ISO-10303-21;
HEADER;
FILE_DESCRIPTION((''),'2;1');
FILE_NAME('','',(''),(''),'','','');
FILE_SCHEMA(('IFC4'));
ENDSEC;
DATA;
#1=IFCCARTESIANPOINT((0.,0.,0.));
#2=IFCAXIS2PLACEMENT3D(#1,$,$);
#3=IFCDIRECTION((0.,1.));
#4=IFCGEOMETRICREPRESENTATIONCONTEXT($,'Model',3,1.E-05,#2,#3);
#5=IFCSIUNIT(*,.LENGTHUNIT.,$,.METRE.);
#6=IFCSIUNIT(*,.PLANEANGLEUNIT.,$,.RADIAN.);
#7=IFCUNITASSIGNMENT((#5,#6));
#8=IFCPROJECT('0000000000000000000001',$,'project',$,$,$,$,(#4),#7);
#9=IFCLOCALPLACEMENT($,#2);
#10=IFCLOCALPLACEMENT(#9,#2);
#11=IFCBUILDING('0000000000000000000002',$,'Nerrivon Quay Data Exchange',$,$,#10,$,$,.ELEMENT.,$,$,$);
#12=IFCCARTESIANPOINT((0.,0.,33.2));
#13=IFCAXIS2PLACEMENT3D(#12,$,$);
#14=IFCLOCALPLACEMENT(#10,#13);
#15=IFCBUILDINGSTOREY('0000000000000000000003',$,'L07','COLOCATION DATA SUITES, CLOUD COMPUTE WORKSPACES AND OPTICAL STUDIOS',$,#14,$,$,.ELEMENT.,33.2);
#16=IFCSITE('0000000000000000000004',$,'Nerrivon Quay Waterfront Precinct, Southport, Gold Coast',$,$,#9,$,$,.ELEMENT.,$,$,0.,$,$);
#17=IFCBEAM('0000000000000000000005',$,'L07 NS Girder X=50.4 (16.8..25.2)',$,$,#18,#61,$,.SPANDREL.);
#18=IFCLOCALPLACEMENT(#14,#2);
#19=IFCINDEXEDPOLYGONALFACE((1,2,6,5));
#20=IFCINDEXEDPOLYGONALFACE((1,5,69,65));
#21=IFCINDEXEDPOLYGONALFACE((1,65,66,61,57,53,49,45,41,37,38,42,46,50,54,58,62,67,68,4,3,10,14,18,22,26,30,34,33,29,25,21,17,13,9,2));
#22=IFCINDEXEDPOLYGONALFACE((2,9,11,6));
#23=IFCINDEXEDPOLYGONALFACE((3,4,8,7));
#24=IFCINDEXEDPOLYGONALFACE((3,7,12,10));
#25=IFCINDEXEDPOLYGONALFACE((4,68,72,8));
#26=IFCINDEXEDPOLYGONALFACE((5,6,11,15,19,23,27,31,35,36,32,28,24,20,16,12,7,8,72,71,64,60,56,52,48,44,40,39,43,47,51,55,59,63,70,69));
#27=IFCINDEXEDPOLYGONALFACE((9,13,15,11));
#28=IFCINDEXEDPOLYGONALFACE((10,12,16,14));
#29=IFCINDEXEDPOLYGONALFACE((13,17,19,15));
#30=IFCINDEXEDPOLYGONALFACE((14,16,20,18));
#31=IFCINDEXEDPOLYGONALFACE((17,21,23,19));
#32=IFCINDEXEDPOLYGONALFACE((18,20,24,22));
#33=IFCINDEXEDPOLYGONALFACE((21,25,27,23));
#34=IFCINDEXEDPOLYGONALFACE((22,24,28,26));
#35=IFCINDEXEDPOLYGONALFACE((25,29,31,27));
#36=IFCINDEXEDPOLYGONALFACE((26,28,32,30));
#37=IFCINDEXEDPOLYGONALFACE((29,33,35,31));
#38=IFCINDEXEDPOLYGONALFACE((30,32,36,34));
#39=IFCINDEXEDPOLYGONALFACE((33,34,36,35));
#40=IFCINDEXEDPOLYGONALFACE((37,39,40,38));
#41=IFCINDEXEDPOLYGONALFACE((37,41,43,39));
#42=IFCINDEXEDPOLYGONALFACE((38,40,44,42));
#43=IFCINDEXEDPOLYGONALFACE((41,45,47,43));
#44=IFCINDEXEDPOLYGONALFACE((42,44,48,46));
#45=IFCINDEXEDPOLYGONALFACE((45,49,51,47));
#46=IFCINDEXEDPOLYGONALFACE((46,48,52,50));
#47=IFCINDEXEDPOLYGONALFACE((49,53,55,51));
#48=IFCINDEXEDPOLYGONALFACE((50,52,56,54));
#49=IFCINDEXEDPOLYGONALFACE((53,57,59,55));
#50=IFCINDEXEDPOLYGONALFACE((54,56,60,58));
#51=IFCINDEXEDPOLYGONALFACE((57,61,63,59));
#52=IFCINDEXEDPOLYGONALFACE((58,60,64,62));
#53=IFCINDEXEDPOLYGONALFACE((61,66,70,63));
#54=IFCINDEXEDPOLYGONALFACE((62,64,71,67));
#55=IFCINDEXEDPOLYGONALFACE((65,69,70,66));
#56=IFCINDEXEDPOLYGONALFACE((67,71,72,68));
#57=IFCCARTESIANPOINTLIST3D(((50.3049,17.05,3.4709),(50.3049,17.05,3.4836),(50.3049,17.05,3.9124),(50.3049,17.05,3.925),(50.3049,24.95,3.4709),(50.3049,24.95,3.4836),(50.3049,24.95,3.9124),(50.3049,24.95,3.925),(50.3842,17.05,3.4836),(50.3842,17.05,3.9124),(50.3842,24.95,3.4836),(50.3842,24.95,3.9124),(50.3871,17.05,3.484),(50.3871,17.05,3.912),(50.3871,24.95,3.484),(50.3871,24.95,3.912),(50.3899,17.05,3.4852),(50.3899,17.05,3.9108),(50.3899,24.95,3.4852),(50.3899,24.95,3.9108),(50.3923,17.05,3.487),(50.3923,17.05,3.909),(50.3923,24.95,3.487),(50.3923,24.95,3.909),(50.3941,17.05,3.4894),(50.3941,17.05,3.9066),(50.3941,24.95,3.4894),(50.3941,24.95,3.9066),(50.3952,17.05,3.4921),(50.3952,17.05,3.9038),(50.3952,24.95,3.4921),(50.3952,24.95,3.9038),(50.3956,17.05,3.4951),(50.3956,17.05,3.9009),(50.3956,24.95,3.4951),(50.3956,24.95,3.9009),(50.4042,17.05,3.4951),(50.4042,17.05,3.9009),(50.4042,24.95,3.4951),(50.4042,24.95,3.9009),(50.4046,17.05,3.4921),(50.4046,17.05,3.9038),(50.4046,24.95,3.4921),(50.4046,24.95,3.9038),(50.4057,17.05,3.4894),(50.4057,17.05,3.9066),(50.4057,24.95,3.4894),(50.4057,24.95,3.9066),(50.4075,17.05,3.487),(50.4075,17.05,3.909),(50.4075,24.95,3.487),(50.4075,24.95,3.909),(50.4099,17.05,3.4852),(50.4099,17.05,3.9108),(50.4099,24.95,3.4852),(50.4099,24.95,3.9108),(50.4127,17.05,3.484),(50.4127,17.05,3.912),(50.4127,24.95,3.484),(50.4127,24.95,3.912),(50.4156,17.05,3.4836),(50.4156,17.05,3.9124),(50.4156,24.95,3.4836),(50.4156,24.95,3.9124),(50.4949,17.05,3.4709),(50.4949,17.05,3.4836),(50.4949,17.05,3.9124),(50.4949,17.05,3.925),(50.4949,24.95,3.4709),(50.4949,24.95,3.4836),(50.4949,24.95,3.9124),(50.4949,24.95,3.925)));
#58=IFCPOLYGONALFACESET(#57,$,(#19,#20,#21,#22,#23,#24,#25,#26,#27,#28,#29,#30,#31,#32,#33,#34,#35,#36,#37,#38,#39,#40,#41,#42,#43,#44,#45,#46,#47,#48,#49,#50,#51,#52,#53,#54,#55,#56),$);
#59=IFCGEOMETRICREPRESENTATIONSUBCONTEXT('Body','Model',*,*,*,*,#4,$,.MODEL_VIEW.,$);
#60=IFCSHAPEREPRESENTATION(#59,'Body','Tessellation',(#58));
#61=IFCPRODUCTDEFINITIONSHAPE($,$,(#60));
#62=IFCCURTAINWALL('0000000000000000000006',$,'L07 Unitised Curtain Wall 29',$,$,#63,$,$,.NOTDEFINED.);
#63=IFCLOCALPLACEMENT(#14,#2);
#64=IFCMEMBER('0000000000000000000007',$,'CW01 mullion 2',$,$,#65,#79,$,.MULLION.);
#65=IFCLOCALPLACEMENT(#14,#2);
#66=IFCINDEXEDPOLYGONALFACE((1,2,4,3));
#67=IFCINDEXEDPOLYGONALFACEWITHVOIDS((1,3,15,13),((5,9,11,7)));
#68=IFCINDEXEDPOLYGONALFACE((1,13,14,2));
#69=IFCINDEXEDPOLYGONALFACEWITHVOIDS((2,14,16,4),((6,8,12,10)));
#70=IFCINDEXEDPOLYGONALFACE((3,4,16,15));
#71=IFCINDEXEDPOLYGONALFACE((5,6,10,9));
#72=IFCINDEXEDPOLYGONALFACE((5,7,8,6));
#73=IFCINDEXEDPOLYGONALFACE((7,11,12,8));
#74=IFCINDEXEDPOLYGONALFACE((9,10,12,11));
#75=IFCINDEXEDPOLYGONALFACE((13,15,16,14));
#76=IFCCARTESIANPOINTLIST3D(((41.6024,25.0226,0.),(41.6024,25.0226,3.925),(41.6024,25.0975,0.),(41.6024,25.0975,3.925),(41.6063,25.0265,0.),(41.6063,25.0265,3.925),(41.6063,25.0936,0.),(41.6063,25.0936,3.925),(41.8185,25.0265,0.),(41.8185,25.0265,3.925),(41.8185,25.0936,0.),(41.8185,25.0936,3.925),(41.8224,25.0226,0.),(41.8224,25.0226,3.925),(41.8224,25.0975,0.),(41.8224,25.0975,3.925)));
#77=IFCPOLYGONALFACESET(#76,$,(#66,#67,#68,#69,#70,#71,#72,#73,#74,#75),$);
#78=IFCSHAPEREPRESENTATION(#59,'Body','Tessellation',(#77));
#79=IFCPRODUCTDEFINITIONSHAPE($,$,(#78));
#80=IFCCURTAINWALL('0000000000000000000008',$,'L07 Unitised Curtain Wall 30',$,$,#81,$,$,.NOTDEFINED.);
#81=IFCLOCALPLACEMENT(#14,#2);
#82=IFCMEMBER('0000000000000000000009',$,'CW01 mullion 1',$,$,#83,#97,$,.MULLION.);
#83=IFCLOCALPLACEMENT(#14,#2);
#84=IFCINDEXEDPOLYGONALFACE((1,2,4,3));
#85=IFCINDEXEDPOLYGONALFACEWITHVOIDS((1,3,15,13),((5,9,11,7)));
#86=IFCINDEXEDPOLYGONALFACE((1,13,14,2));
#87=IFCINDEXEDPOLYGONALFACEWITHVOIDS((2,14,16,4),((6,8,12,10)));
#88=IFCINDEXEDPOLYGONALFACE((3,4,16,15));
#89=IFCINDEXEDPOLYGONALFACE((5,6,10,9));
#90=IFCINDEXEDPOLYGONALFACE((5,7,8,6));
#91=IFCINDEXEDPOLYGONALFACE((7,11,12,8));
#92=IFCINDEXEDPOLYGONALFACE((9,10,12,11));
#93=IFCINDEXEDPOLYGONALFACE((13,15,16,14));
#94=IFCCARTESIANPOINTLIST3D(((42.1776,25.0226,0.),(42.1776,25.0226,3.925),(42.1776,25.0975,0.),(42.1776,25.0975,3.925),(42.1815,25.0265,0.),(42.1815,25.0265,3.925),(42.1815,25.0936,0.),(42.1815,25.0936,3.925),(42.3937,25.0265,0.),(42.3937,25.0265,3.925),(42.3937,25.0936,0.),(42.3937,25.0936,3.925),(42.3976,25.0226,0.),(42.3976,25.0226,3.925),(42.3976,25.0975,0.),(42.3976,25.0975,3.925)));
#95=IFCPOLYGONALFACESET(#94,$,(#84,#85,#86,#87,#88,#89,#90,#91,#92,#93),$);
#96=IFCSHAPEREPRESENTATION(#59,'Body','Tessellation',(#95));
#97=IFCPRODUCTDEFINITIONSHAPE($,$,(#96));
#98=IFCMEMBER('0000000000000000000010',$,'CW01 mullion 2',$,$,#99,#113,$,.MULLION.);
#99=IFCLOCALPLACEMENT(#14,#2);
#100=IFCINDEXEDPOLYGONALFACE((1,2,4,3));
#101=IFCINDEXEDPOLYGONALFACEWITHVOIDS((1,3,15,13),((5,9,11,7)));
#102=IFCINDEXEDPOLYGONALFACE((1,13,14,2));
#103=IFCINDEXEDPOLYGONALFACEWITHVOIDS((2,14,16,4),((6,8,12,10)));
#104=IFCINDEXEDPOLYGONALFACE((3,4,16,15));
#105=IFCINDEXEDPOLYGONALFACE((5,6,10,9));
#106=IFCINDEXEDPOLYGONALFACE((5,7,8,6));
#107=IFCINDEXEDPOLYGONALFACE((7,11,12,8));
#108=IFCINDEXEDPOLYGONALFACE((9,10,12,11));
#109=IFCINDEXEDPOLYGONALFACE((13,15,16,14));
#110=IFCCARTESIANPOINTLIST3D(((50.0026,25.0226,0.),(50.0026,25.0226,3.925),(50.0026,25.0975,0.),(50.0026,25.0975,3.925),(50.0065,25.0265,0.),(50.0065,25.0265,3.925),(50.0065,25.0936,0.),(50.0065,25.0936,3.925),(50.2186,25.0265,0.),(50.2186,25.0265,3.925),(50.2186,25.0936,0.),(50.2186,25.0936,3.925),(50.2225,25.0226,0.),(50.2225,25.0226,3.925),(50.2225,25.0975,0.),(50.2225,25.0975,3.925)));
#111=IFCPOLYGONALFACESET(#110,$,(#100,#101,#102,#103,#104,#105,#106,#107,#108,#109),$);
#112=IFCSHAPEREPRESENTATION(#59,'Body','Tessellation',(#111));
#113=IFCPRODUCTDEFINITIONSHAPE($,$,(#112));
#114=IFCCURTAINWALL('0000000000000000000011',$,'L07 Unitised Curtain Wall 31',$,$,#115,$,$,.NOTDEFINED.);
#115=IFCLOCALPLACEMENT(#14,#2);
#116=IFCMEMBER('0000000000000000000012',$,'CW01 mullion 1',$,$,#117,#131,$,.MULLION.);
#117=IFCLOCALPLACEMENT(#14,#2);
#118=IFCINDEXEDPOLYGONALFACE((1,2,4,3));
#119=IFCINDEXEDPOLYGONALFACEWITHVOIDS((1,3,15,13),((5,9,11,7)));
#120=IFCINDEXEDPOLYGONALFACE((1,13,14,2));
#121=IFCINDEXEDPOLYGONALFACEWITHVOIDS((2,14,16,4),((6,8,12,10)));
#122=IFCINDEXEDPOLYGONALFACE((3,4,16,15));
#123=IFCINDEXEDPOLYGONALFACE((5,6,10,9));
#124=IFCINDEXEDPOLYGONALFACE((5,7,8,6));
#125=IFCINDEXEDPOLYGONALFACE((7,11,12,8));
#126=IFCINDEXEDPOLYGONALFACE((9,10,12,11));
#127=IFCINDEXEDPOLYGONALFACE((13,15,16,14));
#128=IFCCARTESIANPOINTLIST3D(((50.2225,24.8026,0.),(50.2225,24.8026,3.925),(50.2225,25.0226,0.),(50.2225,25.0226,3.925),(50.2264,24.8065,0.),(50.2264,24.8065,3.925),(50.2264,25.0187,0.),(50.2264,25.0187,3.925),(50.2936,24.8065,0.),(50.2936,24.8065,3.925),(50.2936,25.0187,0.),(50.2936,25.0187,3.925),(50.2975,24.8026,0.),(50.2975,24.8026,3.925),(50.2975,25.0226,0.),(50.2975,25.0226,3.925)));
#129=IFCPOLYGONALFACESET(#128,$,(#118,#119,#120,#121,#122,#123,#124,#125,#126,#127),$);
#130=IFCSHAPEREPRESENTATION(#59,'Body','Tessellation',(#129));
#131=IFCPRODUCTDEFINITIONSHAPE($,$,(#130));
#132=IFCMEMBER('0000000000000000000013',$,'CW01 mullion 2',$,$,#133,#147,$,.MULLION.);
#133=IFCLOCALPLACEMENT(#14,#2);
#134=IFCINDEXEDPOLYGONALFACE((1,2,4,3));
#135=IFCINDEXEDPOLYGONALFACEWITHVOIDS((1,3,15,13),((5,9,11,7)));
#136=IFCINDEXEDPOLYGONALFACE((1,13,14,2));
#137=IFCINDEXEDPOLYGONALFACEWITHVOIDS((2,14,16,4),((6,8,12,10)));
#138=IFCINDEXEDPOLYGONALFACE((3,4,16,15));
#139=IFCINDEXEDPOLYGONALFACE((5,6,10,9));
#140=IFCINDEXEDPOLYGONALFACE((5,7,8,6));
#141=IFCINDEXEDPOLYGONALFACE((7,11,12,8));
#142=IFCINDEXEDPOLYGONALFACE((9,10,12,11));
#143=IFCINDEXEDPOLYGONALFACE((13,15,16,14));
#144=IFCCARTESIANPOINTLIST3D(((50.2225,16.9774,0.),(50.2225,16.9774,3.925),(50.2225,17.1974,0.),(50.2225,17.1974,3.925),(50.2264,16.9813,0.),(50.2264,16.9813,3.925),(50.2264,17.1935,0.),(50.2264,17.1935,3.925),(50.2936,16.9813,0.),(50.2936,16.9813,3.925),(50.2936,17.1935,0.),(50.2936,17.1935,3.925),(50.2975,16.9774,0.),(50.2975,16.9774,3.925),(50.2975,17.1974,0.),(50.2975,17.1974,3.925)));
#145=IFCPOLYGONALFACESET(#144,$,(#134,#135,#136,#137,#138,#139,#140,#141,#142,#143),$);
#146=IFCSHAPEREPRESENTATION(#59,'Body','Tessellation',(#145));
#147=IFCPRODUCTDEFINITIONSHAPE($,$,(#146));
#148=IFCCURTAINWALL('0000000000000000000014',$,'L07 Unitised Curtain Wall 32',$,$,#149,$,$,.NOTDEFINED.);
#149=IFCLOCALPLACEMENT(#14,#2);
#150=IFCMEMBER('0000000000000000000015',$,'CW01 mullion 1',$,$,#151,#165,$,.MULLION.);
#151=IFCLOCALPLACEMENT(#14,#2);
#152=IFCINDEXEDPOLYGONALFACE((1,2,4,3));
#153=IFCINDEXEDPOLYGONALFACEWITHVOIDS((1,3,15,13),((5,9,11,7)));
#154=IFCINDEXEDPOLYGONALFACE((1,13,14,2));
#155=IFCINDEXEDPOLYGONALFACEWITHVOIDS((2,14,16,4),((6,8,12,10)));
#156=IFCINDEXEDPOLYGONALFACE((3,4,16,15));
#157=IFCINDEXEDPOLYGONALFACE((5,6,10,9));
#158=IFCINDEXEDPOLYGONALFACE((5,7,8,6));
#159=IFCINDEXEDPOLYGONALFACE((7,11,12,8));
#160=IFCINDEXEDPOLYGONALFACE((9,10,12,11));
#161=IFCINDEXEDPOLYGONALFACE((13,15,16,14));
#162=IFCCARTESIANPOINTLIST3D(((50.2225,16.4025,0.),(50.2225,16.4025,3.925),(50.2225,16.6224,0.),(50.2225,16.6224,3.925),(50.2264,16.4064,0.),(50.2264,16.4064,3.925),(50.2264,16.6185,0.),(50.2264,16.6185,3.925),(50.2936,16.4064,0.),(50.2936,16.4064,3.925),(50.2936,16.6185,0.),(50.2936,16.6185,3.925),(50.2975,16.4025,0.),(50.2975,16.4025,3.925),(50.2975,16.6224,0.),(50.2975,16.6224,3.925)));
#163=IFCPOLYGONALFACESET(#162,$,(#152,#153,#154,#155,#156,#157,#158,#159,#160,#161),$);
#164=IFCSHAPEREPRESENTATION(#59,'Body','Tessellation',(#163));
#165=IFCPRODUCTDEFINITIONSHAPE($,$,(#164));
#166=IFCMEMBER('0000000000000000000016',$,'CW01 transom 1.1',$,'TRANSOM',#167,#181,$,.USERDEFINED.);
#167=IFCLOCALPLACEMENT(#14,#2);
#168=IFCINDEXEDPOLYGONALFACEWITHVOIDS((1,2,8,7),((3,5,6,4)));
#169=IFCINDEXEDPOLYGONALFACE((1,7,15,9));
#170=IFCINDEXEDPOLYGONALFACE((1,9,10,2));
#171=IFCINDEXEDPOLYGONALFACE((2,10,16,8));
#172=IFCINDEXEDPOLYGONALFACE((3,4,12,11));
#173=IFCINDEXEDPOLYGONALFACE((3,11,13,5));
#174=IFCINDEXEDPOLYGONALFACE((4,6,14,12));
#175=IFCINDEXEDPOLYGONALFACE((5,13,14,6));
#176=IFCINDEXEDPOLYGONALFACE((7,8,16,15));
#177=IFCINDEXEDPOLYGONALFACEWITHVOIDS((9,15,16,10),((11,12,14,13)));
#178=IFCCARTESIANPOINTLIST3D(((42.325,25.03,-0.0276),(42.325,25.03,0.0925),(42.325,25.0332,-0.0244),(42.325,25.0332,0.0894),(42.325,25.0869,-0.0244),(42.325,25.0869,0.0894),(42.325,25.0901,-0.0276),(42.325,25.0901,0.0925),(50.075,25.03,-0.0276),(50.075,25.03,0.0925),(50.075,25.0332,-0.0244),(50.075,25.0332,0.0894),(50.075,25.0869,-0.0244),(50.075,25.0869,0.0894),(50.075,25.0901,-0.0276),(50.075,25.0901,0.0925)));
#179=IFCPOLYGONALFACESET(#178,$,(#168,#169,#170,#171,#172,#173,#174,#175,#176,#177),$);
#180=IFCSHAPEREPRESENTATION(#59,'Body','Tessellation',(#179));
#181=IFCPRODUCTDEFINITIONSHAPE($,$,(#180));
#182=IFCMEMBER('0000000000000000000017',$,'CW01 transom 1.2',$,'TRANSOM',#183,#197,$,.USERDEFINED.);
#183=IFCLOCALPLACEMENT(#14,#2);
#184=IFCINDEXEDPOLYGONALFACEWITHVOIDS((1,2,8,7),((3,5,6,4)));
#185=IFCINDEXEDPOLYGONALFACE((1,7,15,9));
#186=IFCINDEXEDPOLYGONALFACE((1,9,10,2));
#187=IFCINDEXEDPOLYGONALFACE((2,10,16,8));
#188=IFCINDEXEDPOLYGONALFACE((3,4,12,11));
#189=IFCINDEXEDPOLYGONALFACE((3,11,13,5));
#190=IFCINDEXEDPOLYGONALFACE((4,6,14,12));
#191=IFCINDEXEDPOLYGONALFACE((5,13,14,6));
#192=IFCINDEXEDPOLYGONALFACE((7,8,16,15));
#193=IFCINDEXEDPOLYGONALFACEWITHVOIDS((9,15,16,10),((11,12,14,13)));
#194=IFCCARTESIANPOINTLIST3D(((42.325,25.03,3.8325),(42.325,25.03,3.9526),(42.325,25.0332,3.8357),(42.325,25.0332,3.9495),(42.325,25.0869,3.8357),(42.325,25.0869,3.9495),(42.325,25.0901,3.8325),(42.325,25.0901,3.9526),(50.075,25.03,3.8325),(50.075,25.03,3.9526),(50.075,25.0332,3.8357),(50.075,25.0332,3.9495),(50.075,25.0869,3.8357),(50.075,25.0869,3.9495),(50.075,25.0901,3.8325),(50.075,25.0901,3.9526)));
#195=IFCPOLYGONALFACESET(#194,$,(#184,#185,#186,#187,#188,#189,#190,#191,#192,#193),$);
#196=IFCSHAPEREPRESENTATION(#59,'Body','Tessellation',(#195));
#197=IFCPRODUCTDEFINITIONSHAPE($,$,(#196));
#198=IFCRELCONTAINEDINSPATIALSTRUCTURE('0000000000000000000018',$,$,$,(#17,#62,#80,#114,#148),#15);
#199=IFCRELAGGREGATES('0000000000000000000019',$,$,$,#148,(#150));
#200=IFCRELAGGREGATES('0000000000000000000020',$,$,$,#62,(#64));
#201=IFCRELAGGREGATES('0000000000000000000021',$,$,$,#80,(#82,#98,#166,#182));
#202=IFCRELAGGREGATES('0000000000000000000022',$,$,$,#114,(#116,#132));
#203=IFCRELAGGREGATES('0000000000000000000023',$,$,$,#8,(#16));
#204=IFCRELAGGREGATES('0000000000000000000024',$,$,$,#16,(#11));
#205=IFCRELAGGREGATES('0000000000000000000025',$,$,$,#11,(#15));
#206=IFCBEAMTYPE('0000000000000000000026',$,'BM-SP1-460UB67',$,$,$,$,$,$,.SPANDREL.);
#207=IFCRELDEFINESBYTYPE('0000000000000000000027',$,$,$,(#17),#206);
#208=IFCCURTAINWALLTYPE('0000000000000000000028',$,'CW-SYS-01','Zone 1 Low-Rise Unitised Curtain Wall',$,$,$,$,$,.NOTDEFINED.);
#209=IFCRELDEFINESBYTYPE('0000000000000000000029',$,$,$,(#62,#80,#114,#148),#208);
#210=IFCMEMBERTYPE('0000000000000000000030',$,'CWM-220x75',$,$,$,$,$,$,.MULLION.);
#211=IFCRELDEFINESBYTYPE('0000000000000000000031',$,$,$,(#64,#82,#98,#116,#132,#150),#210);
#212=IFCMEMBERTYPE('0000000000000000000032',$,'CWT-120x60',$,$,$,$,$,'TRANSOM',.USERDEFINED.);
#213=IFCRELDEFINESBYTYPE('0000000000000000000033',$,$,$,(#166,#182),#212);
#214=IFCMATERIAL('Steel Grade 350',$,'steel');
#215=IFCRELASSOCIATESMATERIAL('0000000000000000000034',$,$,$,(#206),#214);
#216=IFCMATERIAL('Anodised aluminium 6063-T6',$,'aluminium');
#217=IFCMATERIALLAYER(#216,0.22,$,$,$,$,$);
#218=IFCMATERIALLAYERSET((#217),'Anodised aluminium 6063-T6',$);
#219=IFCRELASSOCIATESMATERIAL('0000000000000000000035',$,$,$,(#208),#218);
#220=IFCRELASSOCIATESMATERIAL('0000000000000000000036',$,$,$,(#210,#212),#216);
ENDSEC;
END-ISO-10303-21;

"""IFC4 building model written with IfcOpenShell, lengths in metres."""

from ifc_helpers import new_model, si_unit, direction, frame, origin, origin_2d, place, context, subcontext, project, spatial, hollow_rectangle, i_section, extrude, material, layer, layer_set, material_profile, profile_set, type_object, element, aggregate, save


model = new_model("IFC4")

# Units and contexts
model_context = context("Model", 3, precision=1e-05, world=origin(), true_north=direction((0.0, 1.0)))
body_context = subcontext(model_context, "Body", "Model", "MODEL_VIEW")
ifc_project = project(units=[si_unit("LENGTHUNIT", "METRE"), si_unit("PLANEANGLEUNIT", "RADIAN")], contexts=[model_context])

# Site, building, storey
site_placement = place(None, origin())
site = spatial("IfcSite", under=ifc_project, at=site_placement, Name="Nerrivon Quay Waterfront Precinct, Southport, Gold Coast", CompositionType="ELEMENT", RefElevation=0.0)
building_placement = place(site_placement, origin())
building = spatial("IfcBuilding", under=site, at=building_placement, Name="Nerrivon Quay Data Exchange", CompositionType="ELEMENT")
storey_placement = place(building_placement, frame((0.0, 0.0, 33.2)))
storey = spatial("IfcBuildingStorey", under=building, at=storey_placement, Name="L07", Description="COLOCATION DATA SUITES, CLOUD COMPUTE WORKSPACES AND OPTICAL STUDIOS", CompositionType="ELEMENT", Elevation=33.2)

# Shared definitions
ifc_material_1 = material(Name="Steel Grade 350", Category="steel")

# Beam
ifc_material_profile_1 = material_profile(ifc_material_1, i_section(OverallWidth=0.1899, OverallDepth=0.4541, WebThickness=0.0085, FlangeThickness=0.0127, FilletRadius=0.0115, at=origin_2d()), Name="460UB67.1")
ifc_profile_set_1 = profile_set([ifc_material_profile_1], Name="Steel Grade 350")
beam_type_1 = type_object("IfcBeamType", Name="BM-SP1-460UB67", PredefinedType="SPANDREL", material=ifc_profile_set_1)
beam_1_placement = place(storey_placement, frame((50.3999, 17.05, 3.698), z_axis=(0.0, 1.0, 0.0), x_axis=(-1.0, 0.0, 0.0)))
element("IfcBeam", 1, at=beam_1_placement, inside=storey, type_object=beam_type_1, Name="L07 NS Girder X=50.4 (16.8..25.2)", PredefinedType="SPANDREL", context=body_context, shape_type="SweptSolid", body=[
    extrude(i_section(OverallWidth=0.1899, OverallDepth=0.4541, WebThickness=0.0085, FlangeThickness=0.0127, FilletRadius=0.0115, at=origin_2d()), origin(), (0.0, 0.0, 1.0), 7.8999),
])

# Curtain wall, member
ifc_material_2 = material(Name="Anodised aluminium 6063-T6", Category="aluminium")
ifc_layer_1 = layer(ifc_material_2, 0.22)
ifc_layer_set_1 = layer_set([ifc_layer_1], Name="Anodised aluminium 6063-T6")
curtain_wall_type = type_object("IfcCurtainWallType", Name="CW-SYS-01", Description="Zone 1 Low-Rise Unitised Curtain Wall", PredefinedType="NOTDEFINED", material=ifc_layer_set_1)
curtain_wall_1_placement = place(storey_placement, origin())
curtain_wall_1 = element("IfcCurtainWall", 2, at=curtain_wall_1_placement, inside=storey, type_object=curtain_wall_type, Name="L07 Unitised Curtain Wall 29", PredefinedType="NOTDEFINED")
ifc_material_profile_2 = material_profile(ifc_material_2, hollow_rectangle(XDim=0.075, YDim=0.22, WallThickness=0.0039, at=origin_2d()), Name="ALU-MULL-220x75")
ifc_profile_set_2 = profile_set([ifc_material_profile_2], Name="Anodised aluminium 6063-T6")
member_type_1 = type_object("IfcMemberType", Name="CWM-220x75", PredefinedType="MULLION", material=ifc_profile_set_2)
member_1_placement = place(storey_placement, frame((41.7124, 25.0601, 0.0), z_axis=(0.0, 0.0, 1.0), x_axis=(0.0, 1.0, 0.0)))
member_1 = element("IfcMember", 3, at=member_1_placement, type_object=member_type_1, Name="CW01 mullion 2", PredefinedType="MULLION", context=body_context, shape_type="SweptSolid", body=[
    extrude(hollow_rectangle(XDim=0.075, YDim=0.22, WallThickness=0.0039, at=origin_2d()), origin(), (0.0, 0.0, 1.0), 3.925),
])

# Curtain walls, members
curtain_wall_2_placement = place(storey_placement, origin())
curtain_wall_2 = element("IfcCurtainWall", 4, at=curtain_wall_2_placement, inside=storey, type_object=curtain_wall_type, Name="L07 Unitised Curtain Wall 30", PredefinedType="NOTDEFINED")
member_2_placement = place(storey_placement, frame((42.2876, 25.0601, 0.0), z_axis=(0.0, 0.0, 1.0), x_axis=(0.0, 1.0, 0.0)))
member_2 = element("IfcMember", 5, at=member_2_placement, type_object=member_type_1, Name="CW01 mullion 1", PredefinedType="MULLION", context=body_context, shape_type="SweptSolid", body=[
    extrude(hollow_rectangle(XDim=0.075, YDim=0.22, WallThickness=0.0039, at=origin_2d()), origin(), (0.0, 0.0, 1.0), 3.925),
])
member_3_placement = place(storey_placement, frame((50.1125, 25.0601, 0.0), z_axis=(0.0, 0.0, 1.0), x_axis=(0.0, 1.0, 0.0)))
member_3 = element("IfcMember", 6, at=member_3_placement, type_object=member_type_1, Name="CW01 mullion 2", PredefinedType="MULLION", context=body_context, shape_type="SweptSolid", body=[
    extrude(hollow_rectangle(XDim=0.075, YDim=0.22, WallThickness=0.0039, at=origin_2d()), origin(), (0.0, 0.0, 1.0), 3.925),
])
curtain_wall_3_placement = place(storey_placement, origin())
curtain_wall_3 = element("IfcCurtainWall", 7, at=curtain_wall_3_placement, inside=storey, type_object=curtain_wall_type, Name="L07 Unitised Curtain Wall 31", PredefinedType="NOTDEFINED")
member_4_placement = place(storey_placement, frame((50.26, 24.9126, 0.0), z_axis=(0.0, 0.0, 1.0), x_axis=(1.0, 0.0, 0.0)))
member_4 = element("IfcMember", 8, at=member_4_placement, type_object=member_type_1, Name="CW01 mullion 1", PredefinedType="MULLION", context=body_context, shape_type="SweptSolid", body=[
    extrude(hollow_rectangle(XDim=0.075, YDim=0.22, WallThickness=0.0039, at=origin_2d()), origin(), (0.0, 0.0, 1.0), 3.925),
])
member_5_placement = place(storey_placement, frame((50.26, 17.0874, 0.0), z_axis=(0.0, 0.0, 1.0), x_axis=(1.0, 0.0, 0.0)))
member_5 = element("IfcMember", 9, at=member_5_placement, type_object=member_type_1, Name="CW01 mullion 2", PredefinedType="MULLION", context=body_context, shape_type="SweptSolid", body=[
    extrude(hollow_rectangle(XDim=0.075, YDim=0.22, WallThickness=0.0039, at=origin_2d()), origin(), (0.0, 0.0, 1.0), 3.925),
])

# Curtain wall, member
curtain_wall_4_placement = place(storey_placement, origin())
curtain_wall_4 = element("IfcCurtainWall", 10, at=curtain_wall_4_placement, inside=storey, type_object=curtain_wall_type, Name="L07 Unitised Curtain Wall 32", PredefinedType="NOTDEFINED")
member_6_placement = place(storey_placement, frame((50.26, 16.5125, 0.0), z_axis=(0.0, 0.0, 1.0), x_axis=(1.0, 0.0, 0.0)))
member_6 = element("IfcMember", 11, at=member_6_placement, type_object=member_type_1, Name="CW01 mullion 1", PredefinedType="MULLION", context=body_context, shape_type="SweptSolid", body=[
    extrude(hollow_rectangle(XDim=0.075, YDim=0.22, WallThickness=0.0039, at=origin_2d()), origin(), (0.0, 0.0, 1.0), 3.925),
])

# Members
ifc_material_profile_3 = material_profile(ifc_material_2, hollow_rectangle(XDim=0.0601, YDim=0.1201, WallThickness=0.0032, at=origin_2d()), Name="ALU-TRAN-120x60")
ifc_profile_set_3 = profile_set([ifc_material_profile_3], Name="Anodised aluminium 6063-T6")
member_type_2 = type_object("IfcMemberType", Name="CWT-120x60", ElementType="TRANSOM", PredefinedType="USERDEFINED", material=ifc_profile_set_3)
member_7_placement = place(storey_placement, frame((42.325, 25.0601, 0.0325), z_axis=(1.0, 0.0, 0.0), x_axis=(0.0, 1.0, 0.0)))
member_7 = element("IfcMember", 12, at=member_7_placement, type_object=member_type_2, Name="CW01 transom 1.1", ObjectType="TRANSOM", PredefinedType="USERDEFINED", context=body_context, shape_type="SweptSolid", body=[
    extrude(hollow_rectangle(XDim=0.0601, YDim=0.1201, WallThickness=0.0032, at=origin_2d()), origin(), (0.0, 0.0, 1.0), 7.75),
])
member_8_placement = place(storey_placement, frame((42.325, 25.0601, 3.8926), z_axis=(1.0, 0.0, 0.0), x_axis=(0.0, 1.0, 0.0)))
member_8 = element("IfcMember", 13, at=member_8_placement, type_object=member_type_2, Name="CW01 transom 1.2", ObjectType="TRANSOM", PredefinedType="USERDEFINED", context=body_context, shape_type="SweptSolid", body=[
    extrude(hollow_rectangle(XDim=0.0601, YDim=0.1201, WallThickness=0.0032, at=origin_2d()), origin(), (0.0, 0.0, 1.0), 7.75),
])
aggregate(curtain_wall_4, [member_6])

aggregate(curtain_wall_1, [member_1])
aggregate(curtain_wall_2, [member_2, member_3, member_7, member_8])
aggregate(curtain_wall_3, [member_4, member_5])

save(model, "model.ifc")
